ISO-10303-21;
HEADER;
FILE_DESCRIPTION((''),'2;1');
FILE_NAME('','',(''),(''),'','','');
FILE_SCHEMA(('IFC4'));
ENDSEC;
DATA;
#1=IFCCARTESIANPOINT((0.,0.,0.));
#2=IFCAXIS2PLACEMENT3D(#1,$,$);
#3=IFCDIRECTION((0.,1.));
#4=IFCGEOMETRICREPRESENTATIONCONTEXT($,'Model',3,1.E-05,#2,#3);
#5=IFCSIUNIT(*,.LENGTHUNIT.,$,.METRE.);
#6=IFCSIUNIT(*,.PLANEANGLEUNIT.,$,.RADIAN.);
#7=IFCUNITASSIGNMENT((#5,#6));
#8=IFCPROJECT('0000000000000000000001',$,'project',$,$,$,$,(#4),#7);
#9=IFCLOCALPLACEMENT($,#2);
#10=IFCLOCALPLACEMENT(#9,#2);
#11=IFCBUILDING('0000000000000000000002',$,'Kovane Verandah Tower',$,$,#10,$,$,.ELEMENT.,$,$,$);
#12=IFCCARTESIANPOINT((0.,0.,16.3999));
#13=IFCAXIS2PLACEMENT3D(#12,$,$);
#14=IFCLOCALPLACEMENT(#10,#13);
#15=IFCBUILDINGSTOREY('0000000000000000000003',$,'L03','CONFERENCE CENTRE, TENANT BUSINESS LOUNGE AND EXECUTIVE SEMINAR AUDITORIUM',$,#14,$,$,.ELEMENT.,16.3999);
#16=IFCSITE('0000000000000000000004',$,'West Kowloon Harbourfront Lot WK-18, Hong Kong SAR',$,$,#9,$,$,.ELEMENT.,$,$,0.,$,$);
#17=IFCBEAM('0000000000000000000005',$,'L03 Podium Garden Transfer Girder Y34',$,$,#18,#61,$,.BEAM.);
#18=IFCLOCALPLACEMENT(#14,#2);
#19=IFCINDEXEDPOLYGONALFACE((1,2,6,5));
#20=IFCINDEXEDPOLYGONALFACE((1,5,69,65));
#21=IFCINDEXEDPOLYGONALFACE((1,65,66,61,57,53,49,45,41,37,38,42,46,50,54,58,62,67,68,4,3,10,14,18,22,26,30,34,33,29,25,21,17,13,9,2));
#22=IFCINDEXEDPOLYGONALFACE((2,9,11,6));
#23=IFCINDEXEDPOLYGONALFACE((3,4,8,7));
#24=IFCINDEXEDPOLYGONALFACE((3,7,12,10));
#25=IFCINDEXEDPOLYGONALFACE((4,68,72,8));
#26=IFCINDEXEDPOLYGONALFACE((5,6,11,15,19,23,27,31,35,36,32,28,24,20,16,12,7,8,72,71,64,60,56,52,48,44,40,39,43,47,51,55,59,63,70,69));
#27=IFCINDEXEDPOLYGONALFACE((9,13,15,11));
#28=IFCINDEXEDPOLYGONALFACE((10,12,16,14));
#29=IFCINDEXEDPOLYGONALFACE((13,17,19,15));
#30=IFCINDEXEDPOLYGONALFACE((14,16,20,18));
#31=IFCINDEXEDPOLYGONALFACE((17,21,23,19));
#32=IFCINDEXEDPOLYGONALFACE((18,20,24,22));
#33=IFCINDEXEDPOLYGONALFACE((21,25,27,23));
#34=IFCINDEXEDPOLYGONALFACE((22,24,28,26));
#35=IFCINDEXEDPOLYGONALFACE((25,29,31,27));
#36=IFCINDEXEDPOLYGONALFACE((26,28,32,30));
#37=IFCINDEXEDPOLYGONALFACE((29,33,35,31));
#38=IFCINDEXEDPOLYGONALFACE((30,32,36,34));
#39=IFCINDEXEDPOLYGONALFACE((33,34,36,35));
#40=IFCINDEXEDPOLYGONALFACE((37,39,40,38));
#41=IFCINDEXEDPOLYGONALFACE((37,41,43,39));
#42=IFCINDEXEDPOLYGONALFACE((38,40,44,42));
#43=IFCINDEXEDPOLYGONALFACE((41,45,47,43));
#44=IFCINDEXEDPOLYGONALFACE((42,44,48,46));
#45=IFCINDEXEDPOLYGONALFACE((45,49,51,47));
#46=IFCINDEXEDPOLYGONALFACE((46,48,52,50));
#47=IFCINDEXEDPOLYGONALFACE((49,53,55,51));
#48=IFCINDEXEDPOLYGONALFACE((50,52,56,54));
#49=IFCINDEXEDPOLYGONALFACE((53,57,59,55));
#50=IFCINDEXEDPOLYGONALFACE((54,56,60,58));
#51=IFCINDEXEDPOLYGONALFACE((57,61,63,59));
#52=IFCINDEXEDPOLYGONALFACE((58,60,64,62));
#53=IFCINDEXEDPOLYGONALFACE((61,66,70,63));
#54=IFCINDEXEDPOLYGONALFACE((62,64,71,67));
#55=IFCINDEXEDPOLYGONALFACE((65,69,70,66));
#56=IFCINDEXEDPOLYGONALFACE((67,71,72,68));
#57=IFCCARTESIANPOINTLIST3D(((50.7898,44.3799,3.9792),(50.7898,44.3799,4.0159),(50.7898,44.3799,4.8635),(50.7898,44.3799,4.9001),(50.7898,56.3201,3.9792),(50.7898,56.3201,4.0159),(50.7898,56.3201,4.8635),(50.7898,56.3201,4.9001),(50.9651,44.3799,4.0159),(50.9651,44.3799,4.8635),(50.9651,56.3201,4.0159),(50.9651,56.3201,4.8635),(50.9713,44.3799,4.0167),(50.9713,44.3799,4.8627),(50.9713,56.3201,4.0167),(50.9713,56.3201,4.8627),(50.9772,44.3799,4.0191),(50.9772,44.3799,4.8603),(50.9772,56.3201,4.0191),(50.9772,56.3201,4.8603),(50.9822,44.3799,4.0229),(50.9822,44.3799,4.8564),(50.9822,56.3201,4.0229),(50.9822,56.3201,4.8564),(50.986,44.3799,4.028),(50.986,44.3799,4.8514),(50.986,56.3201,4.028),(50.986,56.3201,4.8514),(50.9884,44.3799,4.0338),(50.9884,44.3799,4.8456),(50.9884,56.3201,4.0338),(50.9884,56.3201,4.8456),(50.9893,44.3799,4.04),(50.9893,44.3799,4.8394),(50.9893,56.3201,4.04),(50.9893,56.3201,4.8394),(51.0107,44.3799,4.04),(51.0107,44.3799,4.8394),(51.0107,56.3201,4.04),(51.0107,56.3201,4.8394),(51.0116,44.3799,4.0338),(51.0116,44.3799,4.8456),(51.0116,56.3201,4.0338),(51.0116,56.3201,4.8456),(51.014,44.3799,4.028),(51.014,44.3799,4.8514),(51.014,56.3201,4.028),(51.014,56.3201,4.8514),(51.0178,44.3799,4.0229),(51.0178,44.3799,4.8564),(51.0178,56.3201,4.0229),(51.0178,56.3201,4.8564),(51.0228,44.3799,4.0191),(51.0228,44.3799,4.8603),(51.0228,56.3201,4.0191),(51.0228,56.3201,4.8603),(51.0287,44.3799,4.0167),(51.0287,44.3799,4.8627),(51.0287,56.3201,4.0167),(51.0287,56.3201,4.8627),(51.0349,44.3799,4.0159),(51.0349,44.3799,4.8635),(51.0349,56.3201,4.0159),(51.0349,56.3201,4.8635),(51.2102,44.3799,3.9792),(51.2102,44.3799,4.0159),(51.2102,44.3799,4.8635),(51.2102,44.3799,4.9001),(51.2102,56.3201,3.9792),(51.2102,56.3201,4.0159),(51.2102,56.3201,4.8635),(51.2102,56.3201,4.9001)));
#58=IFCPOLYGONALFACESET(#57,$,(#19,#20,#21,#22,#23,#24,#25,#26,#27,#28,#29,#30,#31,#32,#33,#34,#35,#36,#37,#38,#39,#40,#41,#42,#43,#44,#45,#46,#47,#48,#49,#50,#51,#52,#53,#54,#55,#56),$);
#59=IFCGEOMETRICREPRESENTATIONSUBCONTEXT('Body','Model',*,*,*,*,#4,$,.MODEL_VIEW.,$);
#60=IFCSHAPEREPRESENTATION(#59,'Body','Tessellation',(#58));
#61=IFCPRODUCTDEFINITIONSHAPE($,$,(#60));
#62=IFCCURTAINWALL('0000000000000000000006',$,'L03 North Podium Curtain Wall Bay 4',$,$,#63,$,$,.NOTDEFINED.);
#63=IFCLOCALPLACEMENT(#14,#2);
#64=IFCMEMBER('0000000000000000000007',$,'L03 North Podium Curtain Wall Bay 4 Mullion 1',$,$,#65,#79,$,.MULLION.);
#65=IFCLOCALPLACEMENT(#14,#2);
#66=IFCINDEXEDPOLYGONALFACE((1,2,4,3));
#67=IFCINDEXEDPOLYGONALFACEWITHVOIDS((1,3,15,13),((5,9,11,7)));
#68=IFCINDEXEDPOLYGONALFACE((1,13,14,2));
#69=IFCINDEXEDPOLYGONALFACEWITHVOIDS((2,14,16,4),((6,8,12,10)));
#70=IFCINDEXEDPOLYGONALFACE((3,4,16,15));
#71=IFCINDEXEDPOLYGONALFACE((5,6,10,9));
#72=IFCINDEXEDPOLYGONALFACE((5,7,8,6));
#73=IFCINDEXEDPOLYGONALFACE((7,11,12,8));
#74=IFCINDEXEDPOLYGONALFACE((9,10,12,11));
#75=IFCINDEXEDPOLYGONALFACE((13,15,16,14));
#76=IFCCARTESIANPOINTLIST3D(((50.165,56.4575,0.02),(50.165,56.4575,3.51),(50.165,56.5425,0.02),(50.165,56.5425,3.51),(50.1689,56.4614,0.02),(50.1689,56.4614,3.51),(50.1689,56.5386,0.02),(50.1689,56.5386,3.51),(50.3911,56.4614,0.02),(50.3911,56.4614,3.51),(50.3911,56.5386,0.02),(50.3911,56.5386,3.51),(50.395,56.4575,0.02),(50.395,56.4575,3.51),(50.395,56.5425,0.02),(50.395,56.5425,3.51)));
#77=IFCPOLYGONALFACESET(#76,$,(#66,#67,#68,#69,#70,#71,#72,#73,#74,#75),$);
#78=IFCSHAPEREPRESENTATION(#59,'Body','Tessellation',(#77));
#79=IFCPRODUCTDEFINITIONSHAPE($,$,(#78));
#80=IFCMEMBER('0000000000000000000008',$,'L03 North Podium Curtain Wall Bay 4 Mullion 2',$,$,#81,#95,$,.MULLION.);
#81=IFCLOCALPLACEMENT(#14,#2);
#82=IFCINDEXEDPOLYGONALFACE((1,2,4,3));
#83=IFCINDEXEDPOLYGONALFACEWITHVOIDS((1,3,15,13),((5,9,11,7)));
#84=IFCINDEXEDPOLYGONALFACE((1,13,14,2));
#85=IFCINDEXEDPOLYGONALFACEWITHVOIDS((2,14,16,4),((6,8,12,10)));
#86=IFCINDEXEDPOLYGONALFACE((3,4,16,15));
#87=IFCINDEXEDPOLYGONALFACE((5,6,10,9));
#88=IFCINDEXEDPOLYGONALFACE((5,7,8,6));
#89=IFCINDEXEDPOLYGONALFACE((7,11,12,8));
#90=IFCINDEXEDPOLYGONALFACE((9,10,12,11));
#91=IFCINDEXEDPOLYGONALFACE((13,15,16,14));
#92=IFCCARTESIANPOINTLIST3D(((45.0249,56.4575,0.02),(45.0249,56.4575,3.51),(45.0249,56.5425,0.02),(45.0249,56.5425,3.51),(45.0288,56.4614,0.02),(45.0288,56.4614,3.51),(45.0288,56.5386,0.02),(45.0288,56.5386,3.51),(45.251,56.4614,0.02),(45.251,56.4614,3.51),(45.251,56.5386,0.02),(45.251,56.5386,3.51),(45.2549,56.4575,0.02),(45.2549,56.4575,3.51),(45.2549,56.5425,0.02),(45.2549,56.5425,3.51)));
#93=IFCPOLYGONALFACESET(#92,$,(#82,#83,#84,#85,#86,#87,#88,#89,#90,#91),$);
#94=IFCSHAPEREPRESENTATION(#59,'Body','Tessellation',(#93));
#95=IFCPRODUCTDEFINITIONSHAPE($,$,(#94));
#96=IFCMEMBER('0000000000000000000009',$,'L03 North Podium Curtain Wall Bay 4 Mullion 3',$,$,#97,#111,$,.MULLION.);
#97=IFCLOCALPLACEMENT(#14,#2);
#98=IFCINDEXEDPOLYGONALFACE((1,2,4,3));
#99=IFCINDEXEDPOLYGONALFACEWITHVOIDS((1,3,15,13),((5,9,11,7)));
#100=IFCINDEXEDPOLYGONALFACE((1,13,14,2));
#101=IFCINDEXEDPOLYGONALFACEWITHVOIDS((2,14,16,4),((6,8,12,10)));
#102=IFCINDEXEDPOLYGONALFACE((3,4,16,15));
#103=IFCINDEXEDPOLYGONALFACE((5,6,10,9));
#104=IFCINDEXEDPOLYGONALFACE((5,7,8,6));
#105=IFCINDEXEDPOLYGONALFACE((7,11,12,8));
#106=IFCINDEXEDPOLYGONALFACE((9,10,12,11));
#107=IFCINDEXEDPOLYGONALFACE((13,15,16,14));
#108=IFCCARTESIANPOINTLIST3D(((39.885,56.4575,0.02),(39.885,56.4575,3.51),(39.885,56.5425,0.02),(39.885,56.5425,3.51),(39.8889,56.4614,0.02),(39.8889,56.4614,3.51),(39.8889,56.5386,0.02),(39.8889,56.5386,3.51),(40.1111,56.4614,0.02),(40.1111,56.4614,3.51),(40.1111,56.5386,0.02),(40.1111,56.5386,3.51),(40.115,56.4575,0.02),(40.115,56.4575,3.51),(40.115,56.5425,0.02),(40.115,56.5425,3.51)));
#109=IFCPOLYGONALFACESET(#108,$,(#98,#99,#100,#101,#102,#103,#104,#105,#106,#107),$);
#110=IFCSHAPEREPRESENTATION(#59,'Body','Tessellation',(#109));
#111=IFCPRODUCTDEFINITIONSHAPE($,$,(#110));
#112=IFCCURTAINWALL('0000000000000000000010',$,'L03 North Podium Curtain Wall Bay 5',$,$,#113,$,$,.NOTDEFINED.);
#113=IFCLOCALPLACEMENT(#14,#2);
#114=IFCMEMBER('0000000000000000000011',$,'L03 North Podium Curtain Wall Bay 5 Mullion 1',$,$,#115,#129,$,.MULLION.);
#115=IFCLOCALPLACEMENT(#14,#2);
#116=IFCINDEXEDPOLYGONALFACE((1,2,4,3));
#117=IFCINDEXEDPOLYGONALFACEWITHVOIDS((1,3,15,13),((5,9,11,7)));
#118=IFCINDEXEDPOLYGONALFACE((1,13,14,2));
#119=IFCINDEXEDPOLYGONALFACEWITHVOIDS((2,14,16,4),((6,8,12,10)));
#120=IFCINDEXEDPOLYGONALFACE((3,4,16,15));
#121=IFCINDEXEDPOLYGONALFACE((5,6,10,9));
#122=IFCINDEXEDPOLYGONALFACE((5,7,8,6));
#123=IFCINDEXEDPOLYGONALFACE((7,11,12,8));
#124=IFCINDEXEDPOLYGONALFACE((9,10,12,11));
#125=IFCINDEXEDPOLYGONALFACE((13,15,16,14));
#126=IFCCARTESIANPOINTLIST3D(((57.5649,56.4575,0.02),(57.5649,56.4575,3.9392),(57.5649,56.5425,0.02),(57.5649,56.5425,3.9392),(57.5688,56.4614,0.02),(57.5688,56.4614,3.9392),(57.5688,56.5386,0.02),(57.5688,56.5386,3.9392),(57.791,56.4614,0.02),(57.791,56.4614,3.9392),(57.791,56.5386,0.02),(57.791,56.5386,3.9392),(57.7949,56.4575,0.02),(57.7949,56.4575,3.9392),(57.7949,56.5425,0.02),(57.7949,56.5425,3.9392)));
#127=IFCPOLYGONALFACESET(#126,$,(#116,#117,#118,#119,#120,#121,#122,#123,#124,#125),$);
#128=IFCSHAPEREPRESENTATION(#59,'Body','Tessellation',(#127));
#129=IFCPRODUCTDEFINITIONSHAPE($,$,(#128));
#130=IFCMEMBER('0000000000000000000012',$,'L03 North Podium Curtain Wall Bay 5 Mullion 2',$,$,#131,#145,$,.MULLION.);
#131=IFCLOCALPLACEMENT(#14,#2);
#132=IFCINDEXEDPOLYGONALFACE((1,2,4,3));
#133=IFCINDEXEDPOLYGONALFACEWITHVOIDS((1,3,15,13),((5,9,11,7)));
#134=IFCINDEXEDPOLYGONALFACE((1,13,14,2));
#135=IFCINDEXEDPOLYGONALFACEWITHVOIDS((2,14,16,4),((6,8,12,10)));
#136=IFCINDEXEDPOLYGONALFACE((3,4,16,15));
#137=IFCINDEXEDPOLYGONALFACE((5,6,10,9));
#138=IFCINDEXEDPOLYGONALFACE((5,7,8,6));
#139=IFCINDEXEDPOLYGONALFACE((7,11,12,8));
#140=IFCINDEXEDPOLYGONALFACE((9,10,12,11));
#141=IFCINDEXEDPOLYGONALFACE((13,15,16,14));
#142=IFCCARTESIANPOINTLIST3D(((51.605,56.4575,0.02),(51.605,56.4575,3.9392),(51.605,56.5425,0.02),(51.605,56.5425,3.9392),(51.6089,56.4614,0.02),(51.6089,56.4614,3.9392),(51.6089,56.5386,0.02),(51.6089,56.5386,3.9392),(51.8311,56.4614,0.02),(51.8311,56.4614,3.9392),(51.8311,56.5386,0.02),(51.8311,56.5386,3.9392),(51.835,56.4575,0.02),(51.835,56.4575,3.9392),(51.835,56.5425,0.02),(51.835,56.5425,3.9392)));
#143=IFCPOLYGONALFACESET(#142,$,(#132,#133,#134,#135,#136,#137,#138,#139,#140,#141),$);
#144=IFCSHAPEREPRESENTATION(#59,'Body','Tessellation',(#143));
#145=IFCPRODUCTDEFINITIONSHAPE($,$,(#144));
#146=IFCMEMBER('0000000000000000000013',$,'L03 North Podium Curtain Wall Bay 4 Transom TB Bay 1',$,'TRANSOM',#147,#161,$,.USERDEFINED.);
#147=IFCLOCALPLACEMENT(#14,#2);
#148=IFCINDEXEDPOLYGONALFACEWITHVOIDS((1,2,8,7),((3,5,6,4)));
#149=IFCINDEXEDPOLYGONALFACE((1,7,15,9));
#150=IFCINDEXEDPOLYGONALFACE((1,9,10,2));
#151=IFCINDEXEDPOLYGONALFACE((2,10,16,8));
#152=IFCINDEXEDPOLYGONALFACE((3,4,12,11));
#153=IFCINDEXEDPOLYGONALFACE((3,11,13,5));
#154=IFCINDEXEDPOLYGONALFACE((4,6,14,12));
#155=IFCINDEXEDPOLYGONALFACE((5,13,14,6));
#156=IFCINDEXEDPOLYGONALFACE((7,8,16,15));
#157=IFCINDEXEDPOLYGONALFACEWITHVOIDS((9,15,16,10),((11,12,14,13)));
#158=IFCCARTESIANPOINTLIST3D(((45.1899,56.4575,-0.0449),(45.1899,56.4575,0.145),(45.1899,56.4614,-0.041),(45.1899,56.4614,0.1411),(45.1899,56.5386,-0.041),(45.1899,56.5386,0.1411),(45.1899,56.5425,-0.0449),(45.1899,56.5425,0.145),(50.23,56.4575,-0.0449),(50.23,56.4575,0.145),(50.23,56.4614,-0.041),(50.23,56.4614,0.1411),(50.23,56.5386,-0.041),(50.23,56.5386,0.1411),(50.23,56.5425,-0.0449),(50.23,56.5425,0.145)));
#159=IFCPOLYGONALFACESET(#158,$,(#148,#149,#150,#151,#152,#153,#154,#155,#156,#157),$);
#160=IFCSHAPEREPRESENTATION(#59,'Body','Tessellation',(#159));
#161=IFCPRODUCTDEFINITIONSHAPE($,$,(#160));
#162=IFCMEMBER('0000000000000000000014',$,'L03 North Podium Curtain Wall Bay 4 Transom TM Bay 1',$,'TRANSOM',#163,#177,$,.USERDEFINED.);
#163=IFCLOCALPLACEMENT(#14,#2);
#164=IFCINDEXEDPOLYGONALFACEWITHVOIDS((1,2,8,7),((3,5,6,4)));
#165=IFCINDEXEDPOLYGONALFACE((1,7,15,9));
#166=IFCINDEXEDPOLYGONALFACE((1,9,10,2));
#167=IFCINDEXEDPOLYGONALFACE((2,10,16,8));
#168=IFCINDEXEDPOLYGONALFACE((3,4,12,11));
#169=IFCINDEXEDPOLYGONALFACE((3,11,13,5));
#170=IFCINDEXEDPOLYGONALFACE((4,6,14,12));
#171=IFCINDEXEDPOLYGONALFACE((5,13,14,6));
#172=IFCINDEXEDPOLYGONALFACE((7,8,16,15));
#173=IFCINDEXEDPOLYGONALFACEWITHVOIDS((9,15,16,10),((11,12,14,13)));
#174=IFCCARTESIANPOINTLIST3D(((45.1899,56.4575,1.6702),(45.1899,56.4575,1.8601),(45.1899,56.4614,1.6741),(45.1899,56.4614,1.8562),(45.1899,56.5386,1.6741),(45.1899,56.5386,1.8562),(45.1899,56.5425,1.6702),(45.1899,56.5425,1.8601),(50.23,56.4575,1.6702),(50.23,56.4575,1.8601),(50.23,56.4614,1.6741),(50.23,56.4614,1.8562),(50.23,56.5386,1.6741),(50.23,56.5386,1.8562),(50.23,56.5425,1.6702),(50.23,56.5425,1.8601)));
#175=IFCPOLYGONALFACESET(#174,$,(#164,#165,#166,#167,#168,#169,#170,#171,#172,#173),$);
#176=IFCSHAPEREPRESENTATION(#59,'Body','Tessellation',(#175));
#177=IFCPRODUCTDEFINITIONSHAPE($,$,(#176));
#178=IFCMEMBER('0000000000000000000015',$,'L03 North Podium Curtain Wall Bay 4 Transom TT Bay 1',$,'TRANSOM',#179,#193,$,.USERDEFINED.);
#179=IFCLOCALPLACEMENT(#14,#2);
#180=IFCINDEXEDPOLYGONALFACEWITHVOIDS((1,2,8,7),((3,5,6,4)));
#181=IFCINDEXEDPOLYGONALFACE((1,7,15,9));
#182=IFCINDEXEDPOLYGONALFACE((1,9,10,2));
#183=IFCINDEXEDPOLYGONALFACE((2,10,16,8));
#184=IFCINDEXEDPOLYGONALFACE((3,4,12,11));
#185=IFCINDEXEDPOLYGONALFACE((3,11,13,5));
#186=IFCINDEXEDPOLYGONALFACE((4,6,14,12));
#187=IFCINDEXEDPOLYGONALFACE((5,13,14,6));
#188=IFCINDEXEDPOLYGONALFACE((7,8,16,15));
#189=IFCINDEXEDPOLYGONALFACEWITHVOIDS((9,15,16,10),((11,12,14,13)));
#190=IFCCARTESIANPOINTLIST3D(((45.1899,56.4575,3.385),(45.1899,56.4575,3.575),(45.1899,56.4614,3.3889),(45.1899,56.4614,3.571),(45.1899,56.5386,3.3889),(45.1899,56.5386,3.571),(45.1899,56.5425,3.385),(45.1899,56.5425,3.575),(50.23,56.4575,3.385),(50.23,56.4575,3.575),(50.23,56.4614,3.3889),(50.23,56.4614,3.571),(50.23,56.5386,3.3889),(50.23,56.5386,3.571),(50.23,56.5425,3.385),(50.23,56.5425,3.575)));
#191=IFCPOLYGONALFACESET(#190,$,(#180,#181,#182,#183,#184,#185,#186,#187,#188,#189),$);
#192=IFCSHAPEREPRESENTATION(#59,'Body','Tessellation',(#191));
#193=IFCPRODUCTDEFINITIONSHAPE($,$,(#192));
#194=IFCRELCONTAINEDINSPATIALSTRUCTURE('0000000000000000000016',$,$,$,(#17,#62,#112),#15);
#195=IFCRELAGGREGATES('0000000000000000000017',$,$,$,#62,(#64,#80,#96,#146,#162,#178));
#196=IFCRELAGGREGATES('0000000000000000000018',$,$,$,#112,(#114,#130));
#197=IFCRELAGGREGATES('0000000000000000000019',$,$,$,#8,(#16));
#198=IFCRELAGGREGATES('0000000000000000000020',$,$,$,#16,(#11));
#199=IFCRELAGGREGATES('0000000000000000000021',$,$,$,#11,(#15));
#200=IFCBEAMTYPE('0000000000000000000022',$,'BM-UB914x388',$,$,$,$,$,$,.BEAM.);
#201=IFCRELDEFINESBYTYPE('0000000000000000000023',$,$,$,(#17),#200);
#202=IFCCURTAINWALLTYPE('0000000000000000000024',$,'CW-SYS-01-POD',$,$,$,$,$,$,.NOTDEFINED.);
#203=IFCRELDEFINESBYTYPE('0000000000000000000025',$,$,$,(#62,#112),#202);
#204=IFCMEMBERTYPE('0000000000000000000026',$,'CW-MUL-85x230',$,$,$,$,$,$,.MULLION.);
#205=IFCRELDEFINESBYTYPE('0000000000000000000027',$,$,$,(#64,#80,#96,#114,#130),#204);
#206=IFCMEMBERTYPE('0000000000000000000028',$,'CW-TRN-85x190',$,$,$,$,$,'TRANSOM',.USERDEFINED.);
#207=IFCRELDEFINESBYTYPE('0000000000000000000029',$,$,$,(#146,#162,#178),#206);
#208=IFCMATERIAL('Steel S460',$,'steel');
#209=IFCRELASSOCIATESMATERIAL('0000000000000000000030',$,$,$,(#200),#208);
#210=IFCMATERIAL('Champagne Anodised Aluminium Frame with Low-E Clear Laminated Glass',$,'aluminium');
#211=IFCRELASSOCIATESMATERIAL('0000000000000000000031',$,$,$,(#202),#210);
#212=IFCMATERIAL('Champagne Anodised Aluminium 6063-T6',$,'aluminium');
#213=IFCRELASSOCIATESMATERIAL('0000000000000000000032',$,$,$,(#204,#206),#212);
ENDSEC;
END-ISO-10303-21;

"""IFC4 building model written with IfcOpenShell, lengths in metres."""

from ifc_helpers import new_model, si_unit, direction, frame, origin, origin_2d, place, context, subcontext, project, spatial, hollow_rectangle, i_section, extrude, material, material_profile, profile_set, type_object, element, aggregate, save


model = new_model("IFC4")

# Units and contexts
model_context = context("Model", 3, precision=1e-05, world=origin(), true_north=direction((0.0, 1.0)))
body_context = subcontext(model_context, "Body", "Model", "MODEL_VIEW")
ifc_project = project(units=[si_unit("LENGTHUNIT", "METRE"), si_unit("PLANEANGLEUNIT", "RADIAN")], contexts=[model_context])

# Site, building, storey
site_placement = place(None, origin())
site = spatial("IfcSite", under=ifc_project, at=site_placement, Name="West Kowloon Harbourfront Lot WK-18, Hong Kong SAR", CompositionType="ELEMENT", RefElevation=0.0)
building_placement = place(site_placement, origin())
building = spatial("IfcBuilding", under=site, at=building_placement, Name="Kovane Verandah Tower", CompositionType="ELEMENT")
storey_placement = place(building_placement, frame((0.0, 0.0, 16.3999)))
storey = spatial("IfcBuildingStorey", under=building, at=storey_placement, Name="L03", Description="CONFERENCE CENTRE, TENANT BUSINESS LOUNGE AND EXECUTIVE SEMINAR AUDITORIUM", CompositionType="ELEMENT", Elevation=16.3999)

# Shared definitions
ifc_material_1 = material(Name="Steel S460", Category="steel")

# Beam
ifc_material_profile_1 = material_profile(ifc_material_1, i_section(OverallWidth=0.4204, OverallDepth=0.9209, WebThickness=0.0215, FlangeThickness=0.0366, FilletRadius=0.0242, at=origin_2d()), Name="UB914x419x388")
ifc_profile_set_1 = profile_set([ifc_material_profile_1], Name="Steel S460")
beam_type_1 = type_object("IfcBeamType", Name="BM-UB914x388", PredefinedType="BEAM", material=ifc_profile_set_1)
beam_1_placement = place(storey_placement, frame((51.0, 44.3799, 4.4397), z_axis=(0.0, 1.0, 0.0), x_axis=(-1.0, 0.0, 0.0)))
element("IfcBeam", 1, at=beam_1_placement, inside=storey, type_object=beam_type_1, Name="L03 Podium Garden Transfer Girder Y34", PredefinedType="BEAM", context=body_context, shape_type="SweptSolid", body=[
    extrude(i_section(OverallWidth=0.4204, OverallDepth=0.9209, WebThickness=0.0215, FlangeThickness=0.0366, FilletRadius=0.0242, at=origin_2d()), origin(), (0.0, 0.0, 1.0), 11.9402),
])

# Curtain walls, members
ifc_material_2 = material(Name="Champagne Anodised Aluminium Frame with Low-E Clear Laminated Glass", Category="aluminium")
curtain_wall_type = type_object("IfcCurtainWallType", Name="CW-SYS-01-POD", PredefinedType="NOTDEFINED", material=ifc_material_2)
curtain_wall_1_placement = place(storey_placement, origin())
curtain_wall_1 = element("IfcCurtainWall", 2, at=curtain_wall_1_placement, inside=storey, type_object=curtain_wall_type, Name="L03 North Podium Curtain Wall Bay 4", PredefinedType="NOTDEFINED")
ifc_material_3 = material(Name="Champagne Anodised Aluminium 6063-T6", Category="aluminium")
ifc_material_profile_2 = material_profile(ifc_material_3, hollow_rectangle(XDim=0.085, YDim=0.23, WallThickness=0.0039, at=origin_2d()), Name="AL85x230x4")
ifc_profile_set_2 = profile_set([ifc_material_profile_2], Name="Champagne Anodised Aluminium 6063-T6")
member_type_1 = type_object("IfcMemberType", Name="CW-MUL-85x230", PredefinedType="MULLION", material=ifc_profile_set_2)
member_1_placement = place(storey_placement, frame((50.28, 56.5, 0.02), z_axis=(0.0, 0.0, 1.0), x_axis=(0.0, 1.0, 0.0)))
member_1 = element("IfcMember", 3, at=member_1_placement, type_object=member_type_1, Name="L03 North Podium Curtain Wall Bay 4 Mullion 1", PredefinedType="MULLION", context=body_context, shape_type="SweptSolid", body=[
    extrude(hollow_rectangle(XDim=0.085, YDim=0.23, WallThickness=0.0039, at=origin_2d()), origin(), (0.0, 0.0, 1.0), 3.49),
])
member_2_placement = place(storey_placement, frame((45.1399, 56.5, 0.02), z_axis=(0.0, 0.0, 1.0), x_axis=(0.0, 1.0, 0.0)))
member_2 = element("IfcMember", 4, at=member_2_placement, type_object=member_type_1, Name="L03 North Podium Curtain Wall Bay 4 Mullion 2", PredefinedType="MULLION", context=body_context, shape_type="SweptSolid", body=[
    extrude(hollow_rectangle(XDim=0.085, YDim=0.23, WallThickness=0.0039, at=origin_2d()), origin(), (0.0, 0.0, 1.0), 3.49),
])
member_3_placement = place(storey_placement, frame((40.0, 56.5, 0.02), z_axis=(0.0, 0.0, 1.0), x_axis=(0.0, 1.0, 0.0)))
member_3 = element("IfcMember", 5, at=member_3_placement, type_object=member_type_1, Name="L03 North Podium Curtain Wall Bay 4 Mullion 3", PredefinedType="MULLION", context=body_context, shape_type="SweptSolid", body=[
    extrude(hollow_rectangle(XDim=0.085, YDim=0.23, WallThickness=0.0039, at=origin_2d()), origin(), (0.0, 0.0, 1.0), 3.49),
])
curtain_wall_2_placement = place(storey_placement, origin())
curtain_wall_2 = element("IfcCurtainWall", 6, at=curtain_wall_2_placement, inside=storey, type_object=curtain_wall_type, Name="L03 North Podium Curtain Wall Bay 5", PredefinedType="NOTDEFINED")
member_4_placement = place(storey_placement, frame((57.6799, 56.5, 0.02), z_axis=(0.0, 0.0, 1.0), x_axis=(0.0, 1.0, 0.0)))
member_4 = element("IfcMember", 7, at=member_4_placement, type_object=member_type_1, Name="L03 North Podium Curtain Wall Bay 5 Mullion 1", PredefinedType="MULLION", context=body_context, shape_type="SweptSolid", body=[
    extrude(hollow_rectangle(XDim=0.085, YDim=0.23, WallThickness=0.0039, at=origin_2d()), origin(), (0.0, 0.0, 1.0), 3.9192),
])
member_5_placement = place(storey_placement, frame((51.72, 56.5, 0.02), z_axis=(0.0, 0.0, 1.0), x_axis=(0.0, 1.0, 0.0)))
member_5 = element("IfcMember", 8, at=member_5_placement, type_object=member_type_1, Name="L03 North Podium Curtain Wall Bay 5 Mullion 2", PredefinedType="MULLION", context=body_context, shape_type="SweptSolid", body=[
    extrude(hollow_rectangle(XDim=0.085, YDim=0.23, WallThickness=0.0039, at=origin_2d()), origin(), (0.0, 0.0, 1.0), 3.9192),
])

# Members
ifc_material_profile_3 = material_profile(ifc_material_3, hollow_rectangle(XDim=0.085, YDim=0.1899, WallThickness=0.0039, at=origin_2d()), Name="AL85x190x4")
ifc_profile_set_3 = profile_set([ifc_material_profile_3], Name="Champagne Anodised Aluminium 6063-T6")
member_type_2 = type_object("IfcMemberType", Name="CW-TRN-85x190", ElementType="TRANSOM", PredefinedType="USERDEFINED", material=ifc_profile_set_3)
member_6_placement = place(storey_placement, frame((50.23, 56.5, 0.05), z_axis=(-1.0, 0.0, 0.0), x_axis=(0.0, -1.0, 0.0)))
member_6 = element("IfcMember", 9, at=member_6_placement, type_object=member_type_2, Name="L03 North Podium Curtain Wall Bay 4 Transom TB Bay 1", ObjectType="TRANSOM", PredefinedType="USERDEFINED", context=body_context, shape_type="SweptSolid", body=[
    extrude(hollow_rectangle(XDim=0.085, YDim=0.1899, WallThickness=0.0039, at=origin_2d()), origin(), (0.0, 0.0, 1.0), 5.04),
])
member_7_placement = place(storey_placement, frame((50.23, 56.5, 1.7651), z_axis=(-1.0, 0.0, 0.0), x_axis=(0.0, -1.0, 0.0)))
member_7 = element("IfcMember", 10, at=member_7_placement, type_object=member_type_2, Name="L03 North Podium Curtain Wall Bay 4 Transom TM Bay 1", ObjectType="TRANSOM", PredefinedType="USERDEFINED", context=body_context, shape_type="SweptSolid", body=[
    extrude(hollow_rectangle(XDim=0.085, YDim=0.1899, WallThickness=0.0039, at=origin_2d()), origin(), (0.0, 0.0, 1.0), 5.04),
])
member_8_placement = place(storey_placement, frame((50.23, 56.5, 3.48), z_axis=(-1.0, 0.0, 0.0), x_axis=(0.0, -1.0, 0.0)))
member_8 = element("IfcMember", 11, at=member_8_placement, type_object=member_type_2, Name="L03 North Podium Curtain Wall Bay 4 Transom TT Bay 1", ObjectType="TRANSOM", PredefinedType="USERDEFINED", context=body_context, shape_type="SweptSolid", body=[
    extrude(hollow_rectangle(XDim=0.085, YDim=0.1899, WallThickness=0.0039, at=origin_2d()), origin(), (0.0, 0.0, 1.0), 5.04),
])

aggregate(curtain_wall_1, [member_1, member_2, member_3, member_6, member_7, member_8])
aggregate(curtain_wall_2, [member_4, member_5])

save(model, "model.ifc")
